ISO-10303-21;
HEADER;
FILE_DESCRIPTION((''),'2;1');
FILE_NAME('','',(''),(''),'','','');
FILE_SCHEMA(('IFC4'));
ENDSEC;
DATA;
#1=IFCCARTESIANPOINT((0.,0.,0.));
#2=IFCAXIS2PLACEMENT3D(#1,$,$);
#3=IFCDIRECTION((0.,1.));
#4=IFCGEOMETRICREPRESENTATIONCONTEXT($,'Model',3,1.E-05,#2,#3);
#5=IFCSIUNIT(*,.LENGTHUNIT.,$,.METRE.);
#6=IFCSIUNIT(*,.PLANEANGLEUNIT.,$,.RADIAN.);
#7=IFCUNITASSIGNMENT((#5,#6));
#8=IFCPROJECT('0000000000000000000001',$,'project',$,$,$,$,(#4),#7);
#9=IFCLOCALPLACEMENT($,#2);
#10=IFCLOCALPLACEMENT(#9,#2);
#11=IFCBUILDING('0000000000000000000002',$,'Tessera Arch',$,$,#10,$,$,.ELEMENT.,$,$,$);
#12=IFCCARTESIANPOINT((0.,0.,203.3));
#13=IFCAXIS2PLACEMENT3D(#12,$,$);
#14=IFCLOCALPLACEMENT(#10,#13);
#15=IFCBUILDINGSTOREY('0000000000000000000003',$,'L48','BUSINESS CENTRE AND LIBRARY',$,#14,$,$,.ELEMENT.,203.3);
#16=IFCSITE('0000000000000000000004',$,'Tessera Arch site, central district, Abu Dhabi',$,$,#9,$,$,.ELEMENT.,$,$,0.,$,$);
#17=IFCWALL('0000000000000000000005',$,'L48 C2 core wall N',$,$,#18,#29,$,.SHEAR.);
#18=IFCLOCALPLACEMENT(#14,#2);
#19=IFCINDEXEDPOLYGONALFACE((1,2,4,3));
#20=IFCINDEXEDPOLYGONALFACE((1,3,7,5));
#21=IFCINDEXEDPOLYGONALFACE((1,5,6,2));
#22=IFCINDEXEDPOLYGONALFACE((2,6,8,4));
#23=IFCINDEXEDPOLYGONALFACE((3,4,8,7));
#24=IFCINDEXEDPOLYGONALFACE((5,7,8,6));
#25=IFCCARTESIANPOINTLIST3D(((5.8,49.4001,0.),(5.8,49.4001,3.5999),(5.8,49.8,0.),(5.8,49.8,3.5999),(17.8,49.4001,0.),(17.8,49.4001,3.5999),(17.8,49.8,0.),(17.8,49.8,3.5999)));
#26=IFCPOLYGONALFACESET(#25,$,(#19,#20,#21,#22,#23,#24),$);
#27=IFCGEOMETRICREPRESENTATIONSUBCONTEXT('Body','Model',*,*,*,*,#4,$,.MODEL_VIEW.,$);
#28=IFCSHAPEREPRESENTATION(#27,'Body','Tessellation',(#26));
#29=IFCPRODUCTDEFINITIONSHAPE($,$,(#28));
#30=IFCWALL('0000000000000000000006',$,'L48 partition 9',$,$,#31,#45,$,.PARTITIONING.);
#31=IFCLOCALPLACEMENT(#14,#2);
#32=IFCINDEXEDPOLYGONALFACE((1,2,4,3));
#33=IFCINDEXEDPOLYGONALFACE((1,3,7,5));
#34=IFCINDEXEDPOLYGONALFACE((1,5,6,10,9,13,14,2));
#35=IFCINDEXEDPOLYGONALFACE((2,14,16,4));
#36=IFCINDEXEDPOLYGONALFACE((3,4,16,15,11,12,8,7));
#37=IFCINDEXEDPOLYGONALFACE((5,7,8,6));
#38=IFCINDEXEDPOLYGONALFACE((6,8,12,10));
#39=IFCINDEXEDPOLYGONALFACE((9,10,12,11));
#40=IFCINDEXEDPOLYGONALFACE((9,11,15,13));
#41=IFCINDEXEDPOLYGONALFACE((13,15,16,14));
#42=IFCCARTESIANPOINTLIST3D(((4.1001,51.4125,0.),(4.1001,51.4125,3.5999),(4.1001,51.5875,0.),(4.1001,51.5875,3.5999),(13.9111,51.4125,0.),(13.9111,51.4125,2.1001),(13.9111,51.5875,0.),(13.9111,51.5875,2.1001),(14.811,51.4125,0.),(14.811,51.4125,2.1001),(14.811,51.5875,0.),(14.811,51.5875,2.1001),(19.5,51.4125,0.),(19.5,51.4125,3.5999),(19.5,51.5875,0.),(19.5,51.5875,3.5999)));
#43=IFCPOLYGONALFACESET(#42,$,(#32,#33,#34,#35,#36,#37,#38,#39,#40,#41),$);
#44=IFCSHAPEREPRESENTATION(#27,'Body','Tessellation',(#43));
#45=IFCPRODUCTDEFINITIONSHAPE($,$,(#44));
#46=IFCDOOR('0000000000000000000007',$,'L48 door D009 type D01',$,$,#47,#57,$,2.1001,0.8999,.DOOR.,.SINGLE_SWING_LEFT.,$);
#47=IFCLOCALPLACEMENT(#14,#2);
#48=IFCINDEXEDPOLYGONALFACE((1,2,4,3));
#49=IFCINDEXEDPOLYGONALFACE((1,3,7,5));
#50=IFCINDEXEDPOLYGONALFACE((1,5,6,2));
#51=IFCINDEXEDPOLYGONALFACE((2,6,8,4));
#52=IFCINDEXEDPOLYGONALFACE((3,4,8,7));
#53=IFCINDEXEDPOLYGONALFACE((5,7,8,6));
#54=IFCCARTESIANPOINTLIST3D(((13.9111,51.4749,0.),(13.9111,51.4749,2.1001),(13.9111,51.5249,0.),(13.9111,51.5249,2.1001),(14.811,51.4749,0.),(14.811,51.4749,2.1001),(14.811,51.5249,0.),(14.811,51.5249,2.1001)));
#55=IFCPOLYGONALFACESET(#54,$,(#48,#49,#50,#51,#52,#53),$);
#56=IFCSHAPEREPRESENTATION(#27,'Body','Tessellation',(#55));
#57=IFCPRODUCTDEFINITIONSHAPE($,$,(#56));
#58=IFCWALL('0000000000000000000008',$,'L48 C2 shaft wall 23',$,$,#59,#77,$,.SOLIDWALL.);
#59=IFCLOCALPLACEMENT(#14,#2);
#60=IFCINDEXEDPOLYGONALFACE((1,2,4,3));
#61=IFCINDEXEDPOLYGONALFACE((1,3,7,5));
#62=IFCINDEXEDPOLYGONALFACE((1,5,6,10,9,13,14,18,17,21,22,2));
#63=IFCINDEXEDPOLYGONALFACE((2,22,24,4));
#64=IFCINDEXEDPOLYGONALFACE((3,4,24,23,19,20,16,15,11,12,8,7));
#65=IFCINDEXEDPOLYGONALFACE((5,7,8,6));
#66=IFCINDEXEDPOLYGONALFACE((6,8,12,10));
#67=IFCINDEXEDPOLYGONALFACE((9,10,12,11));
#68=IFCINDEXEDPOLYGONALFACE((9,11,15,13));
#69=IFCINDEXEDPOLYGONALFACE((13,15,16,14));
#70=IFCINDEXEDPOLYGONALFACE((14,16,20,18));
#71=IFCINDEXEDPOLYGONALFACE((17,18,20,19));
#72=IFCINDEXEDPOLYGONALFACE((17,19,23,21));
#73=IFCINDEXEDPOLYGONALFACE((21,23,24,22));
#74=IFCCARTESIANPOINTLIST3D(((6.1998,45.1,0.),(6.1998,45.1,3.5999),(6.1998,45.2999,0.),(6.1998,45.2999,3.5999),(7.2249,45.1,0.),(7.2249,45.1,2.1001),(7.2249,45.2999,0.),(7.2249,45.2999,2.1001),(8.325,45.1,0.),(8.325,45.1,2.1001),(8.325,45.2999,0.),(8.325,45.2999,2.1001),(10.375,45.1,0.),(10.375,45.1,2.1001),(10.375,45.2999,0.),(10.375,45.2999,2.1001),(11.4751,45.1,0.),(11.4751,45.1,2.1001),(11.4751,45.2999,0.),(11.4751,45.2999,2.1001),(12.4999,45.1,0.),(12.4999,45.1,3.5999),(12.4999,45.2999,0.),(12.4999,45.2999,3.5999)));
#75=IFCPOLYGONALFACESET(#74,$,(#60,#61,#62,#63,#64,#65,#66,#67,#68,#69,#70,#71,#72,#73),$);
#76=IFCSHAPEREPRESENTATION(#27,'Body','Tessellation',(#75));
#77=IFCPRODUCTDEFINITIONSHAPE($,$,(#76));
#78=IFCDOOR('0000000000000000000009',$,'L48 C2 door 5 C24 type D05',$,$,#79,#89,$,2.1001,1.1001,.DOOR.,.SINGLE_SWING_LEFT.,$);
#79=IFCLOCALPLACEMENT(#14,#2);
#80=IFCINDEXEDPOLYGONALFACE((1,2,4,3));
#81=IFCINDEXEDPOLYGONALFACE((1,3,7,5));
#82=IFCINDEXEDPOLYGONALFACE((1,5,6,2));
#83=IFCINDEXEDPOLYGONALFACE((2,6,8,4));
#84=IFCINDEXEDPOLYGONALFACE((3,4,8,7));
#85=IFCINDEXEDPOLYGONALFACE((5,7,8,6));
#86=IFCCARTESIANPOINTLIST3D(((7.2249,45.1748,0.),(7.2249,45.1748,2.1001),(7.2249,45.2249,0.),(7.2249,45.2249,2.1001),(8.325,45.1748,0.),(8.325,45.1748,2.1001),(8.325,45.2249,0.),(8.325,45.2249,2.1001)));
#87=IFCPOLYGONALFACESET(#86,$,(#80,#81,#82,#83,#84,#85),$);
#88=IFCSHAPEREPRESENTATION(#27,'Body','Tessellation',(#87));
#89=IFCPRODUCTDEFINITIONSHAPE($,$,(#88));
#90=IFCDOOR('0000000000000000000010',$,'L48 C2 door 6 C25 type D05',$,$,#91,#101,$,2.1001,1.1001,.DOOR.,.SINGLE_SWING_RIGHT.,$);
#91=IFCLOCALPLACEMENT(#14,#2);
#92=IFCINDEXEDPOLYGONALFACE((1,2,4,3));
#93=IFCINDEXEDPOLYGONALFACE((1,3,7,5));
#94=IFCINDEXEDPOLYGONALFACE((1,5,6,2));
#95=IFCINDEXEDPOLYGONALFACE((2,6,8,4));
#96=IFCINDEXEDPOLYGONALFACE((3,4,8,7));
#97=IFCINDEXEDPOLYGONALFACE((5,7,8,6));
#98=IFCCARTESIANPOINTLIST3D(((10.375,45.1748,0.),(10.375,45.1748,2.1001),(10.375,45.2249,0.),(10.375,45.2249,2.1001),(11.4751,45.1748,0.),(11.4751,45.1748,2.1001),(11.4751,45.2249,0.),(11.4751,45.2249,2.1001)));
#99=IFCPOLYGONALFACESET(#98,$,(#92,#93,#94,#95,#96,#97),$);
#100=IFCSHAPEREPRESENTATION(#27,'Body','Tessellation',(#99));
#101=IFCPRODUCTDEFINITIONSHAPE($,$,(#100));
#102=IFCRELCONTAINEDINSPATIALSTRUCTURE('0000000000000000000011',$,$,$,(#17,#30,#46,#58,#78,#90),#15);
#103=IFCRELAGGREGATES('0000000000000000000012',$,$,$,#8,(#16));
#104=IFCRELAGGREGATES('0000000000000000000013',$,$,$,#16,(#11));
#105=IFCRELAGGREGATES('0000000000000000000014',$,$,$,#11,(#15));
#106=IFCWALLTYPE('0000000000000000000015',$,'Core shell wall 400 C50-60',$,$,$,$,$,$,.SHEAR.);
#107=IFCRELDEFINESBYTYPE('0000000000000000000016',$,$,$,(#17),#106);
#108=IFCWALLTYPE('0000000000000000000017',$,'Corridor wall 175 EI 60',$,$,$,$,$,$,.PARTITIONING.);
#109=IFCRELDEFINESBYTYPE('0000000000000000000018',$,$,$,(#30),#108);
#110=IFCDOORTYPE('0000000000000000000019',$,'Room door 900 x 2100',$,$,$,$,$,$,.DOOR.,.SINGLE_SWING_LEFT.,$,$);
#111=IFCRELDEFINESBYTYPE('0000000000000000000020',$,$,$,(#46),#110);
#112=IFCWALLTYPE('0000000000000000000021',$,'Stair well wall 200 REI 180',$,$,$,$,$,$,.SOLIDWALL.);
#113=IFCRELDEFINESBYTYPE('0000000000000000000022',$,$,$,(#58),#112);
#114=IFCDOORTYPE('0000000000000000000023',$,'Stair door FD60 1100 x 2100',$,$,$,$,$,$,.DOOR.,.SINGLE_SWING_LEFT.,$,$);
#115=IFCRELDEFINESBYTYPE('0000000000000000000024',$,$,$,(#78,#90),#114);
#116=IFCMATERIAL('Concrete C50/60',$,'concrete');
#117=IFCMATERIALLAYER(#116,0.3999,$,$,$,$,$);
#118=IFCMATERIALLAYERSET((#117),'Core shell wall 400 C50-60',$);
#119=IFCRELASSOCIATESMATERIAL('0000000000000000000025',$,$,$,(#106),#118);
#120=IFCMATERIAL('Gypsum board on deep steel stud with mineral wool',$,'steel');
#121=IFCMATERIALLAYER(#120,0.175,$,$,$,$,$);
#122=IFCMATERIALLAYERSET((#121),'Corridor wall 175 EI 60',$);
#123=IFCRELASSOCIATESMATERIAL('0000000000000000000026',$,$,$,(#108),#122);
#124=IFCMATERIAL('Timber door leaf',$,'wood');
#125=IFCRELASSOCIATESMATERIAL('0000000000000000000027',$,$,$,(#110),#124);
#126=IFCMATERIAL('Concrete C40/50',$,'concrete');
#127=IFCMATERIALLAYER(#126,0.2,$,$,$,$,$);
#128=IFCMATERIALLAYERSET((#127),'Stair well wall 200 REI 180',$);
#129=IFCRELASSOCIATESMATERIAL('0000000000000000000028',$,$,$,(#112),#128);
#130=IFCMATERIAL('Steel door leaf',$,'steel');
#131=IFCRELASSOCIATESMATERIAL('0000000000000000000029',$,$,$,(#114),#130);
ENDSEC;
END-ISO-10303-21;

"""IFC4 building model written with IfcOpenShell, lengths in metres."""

from ifc_helpers import new_model, si_unit, direction, frame, frame_2d, origin, place, context, subcontext, project, spatial, rectangle, extrude, material, layer, layer_set, type_object, element, fill, save


model = new_model("IFC4")

# Units and contexts
model_context = context("Model", 3, precision=1e-05, world=origin(), true_north=direction((0.0, 1.0)))
body_context = subcontext(model_context, "Body", "Model", "MODEL_VIEW")
ifc_project = project(units=[si_unit("LENGTHUNIT", "METRE"), si_unit("PLANEANGLEUNIT", "RADIAN")], contexts=[model_context])

# Site, building, storey
site_placement = place(None, origin())
site = spatial("IfcSite", under=ifc_project, at=site_placement, Name="Tessera Arch site, central district, Abu Dhabi", CompositionType="ELEMENT", RefElevation=0.0)
building_placement = place(site_placement, origin())
building = spatial("IfcBuilding", under=site, at=building_placement, Name="Tessera Arch", CompositionType="ELEMENT")
storey_placement = place(building_placement, frame((0.0, 0.0, 203.3)))
storey = spatial("IfcBuildingStorey", under=building, at=storey_placement, Name="L48", Description="BUSINESS CENTRE AND LIBRARY", CompositionType="ELEMENT", Elevation=203.3)

# Wall
ifc_material_1 = material(Name="Concrete C50/60", Category="concrete")
ifc_layer_1 = layer(ifc_material_1, 0.3999)
ifc_layer_set_1 = layer_set([ifc_layer_1], Name="Core shell wall 400 C50-60")
wall_type_1 = type_object("IfcWallType", Name="Core shell wall 400 C50-60", PredefinedType="SHEAR", material=ifc_layer_set_1)
wall_1_placement = place(storey_placement, frame((5.8, 49.6001, 0.0), z_axis=(0.0, 0.0, 1.0), x_axis=(1.0, 0.0, 0.0)))
element("IfcWall", 1, at=wall_1_placement, inside=storey, type_object=wall_type_1, Name="L48 C2 core wall N", PredefinedType="SHEAR", context=body_context, shape_type="SweptSolid", body=[
    extrude(rectangle(XDim=12.0, YDim=0.3999, at=frame_2d((6.0, 0.0))), origin(), (0.0, 0.0, 1.0), 3.5999),
])

# Wall, opening, door
ifc_material_2 = material(Name="Gypsum board on deep steel stud with mineral wool", Category="steel")
ifc_layer_2 = layer(ifc_material_2, 0.175)
ifc_layer_set_2 = layer_set([ifc_layer_2], Name="Corridor wall 175 EI 60")
wall_type_2 = type_object("IfcWallType", Name="Corridor wall 175 EI 60", PredefinedType="PARTITIONING", material=ifc_layer_set_2)
wall_2_placement = place(storey_placement, frame((4.1001, 51.5, 0.0), z_axis=(0.0, 0.0, 1.0), x_axis=(1.0, 0.0, 0.0)))
wall_2 = element("IfcWall", 2, at=wall_2_placement, inside=storey, type_object=wall_type_2, Name="L48 partition 9", PredefinedType="PARTITIONING", context=body_context, shape_type="SweptSolid", body=[
    extrude(rectangle(XDim=15.3999, YDim=0.175, at=frame_2d((7.7, 0.0))), origin(), (0.0, 0.0, 1.0), 3.5999),
])
opening_1_placement = place(wall_2_placement, frame((9.811, 0.0, 0.0)))
opening_1 = element("IfcOpeningElement", 3, at=opening_1_placement, cuts=wall_2, PredefinedType="OPENING", context=body_context, shape_type="SweptSolid", body=[
    extrude(rectangle(XDim=0.8999, YDim=2.1001, at=frame_2d((0.45, 1.05))), frame((0.0, 0.0974, 0.0), z_axis=(0.0, -1.0, 0.0), x_axis=(1.0, 0.0, 0.0)), (0.0, 0.0, 1.0), 0.1951),
])
ifc_material_3 = material(Name="Timber door leaf", Category="wood")
door_type_1 = type_object("IfcDoorType", Name="Room door 900 x 2100", OperationType="SINGLE_SWING_LEFT", PredefinedType="DOOR", material=ifc_material_3)
door_1_placement = place(opening_1_placement, origin())
door_1 = element("IfcDoor", 4, at=door_1_placement, inside=storey, type_object=door_type_1, Name="L48 door D009 type D01", OperationType="SINGLE_SWING_LEFT", OverallHeight=2.1001, OverallWidth=0.8999, PredefinedType="DOOR", context=body_context, shape_type="SweptSolid", body=[
    extrude(rectangle(XDim=0.8999, YDim=2.1001, at=frame_2d((0.45, 1.05))), frame((0.0, 0.0249, 0.0), z_axis=(0.0, -1.0, 0.0), x_axis=(1.0, 0.0, 0.0)), (0.0, 0.0, 1.0), 0.05),
])
fill(opening_1, door_1)

# Wall, openings, doors
ifc_material_4 = material(Name="Concrete C40/50", Category="concrete")
ifc_layer_3 = layer(ifc_material_4, 0.2)
ifc_layer_set_3 = layer_set([ifc_layer_3], Name="Stair well wall 200 REI 180")
wall_type_3 = type_object("IfcWallType", Name="Stair well wall 200 REI 180", PredefinedType="SOLIDWALL", material=ifc_layer_set_3)
wall_3_placement = place(storey_placement, frame((6.2, 45.2, 0.0), z_axis=(0.0, 0.0, 1.0), x_axis=(1.0, 0.0, 0.0)))
wall_3 = element("IfcWall", 5, at=wall_3_placement, inside=storey, type_object=wall_type_3, Name="L48 C2 shaft wall 23", PredefinedType="SOLIDWALL", context=body_context, shape_type="SweptSolid", body=[
    extrude(rectangle(XDim=6.3, YDim=0.2, at=frame_2d((3.1499, 0.0))), origin(), (0.0, 0.0, 1.0), 3.5999),
])
opening_2_placement = place(wall_3_placement, frame((1.0249, 0.0, 0.0)))
opening_2 = element("IfcOpeningElement", 6, at=opening_2_placement, cuts=wall_3, PredefinedType="OPENING", context=body_context, shape_type="SweptSolid", body=[
    extrude(rectangle(XDim=1.1001, YDim=2.1001, at=frame_2d((0.55, 1.05))), frame((0.0, 0.1099, 0.0), z_axis=(0.0, -1.0, 0.0), x_axis=(1.0, 0.0, 0.0)), (0.0, 0.0, 1.0), 0.22),
])
opening_3_placement = place(wall_3_placement, frame((4.175, 0.0, 0.0)))
opening_3 = element("IfcOpeningElement", 7, at=opening_3_placement, cuts=wall_3, PredefinedType="OPENING", context=body_context, shape_type="SweptSolid", body=[
    extrude(rectangle(XDim=1.1001, YDim=2.1001, at=frame_2d((0.55, 1.05))), frame((0.0, 0.1099, 0.0), z_axis=(0.0, -1.0, 0.0), x_axis=(1.0, 0.0, 0.0)), (0.0, 0.0, 1.0), 0.22),
])
ifc_material_5 = material(Name="Steel door leaf", Category="steel")
door_type_2 = type_object("IfcDoorType", Name="Stair door FD60 1100 x 2100", OperationType="SINGLE_SWING_LEFT", PredefinedType="DOOR", material=ifc_material_5)
door_2_placement = place(opening_2_placement, origin())
door_2 = element("IfcDoor", 8, at=door_2_placement, inside=storey, type_object=door_type_2, Name="L48 C2 door 5 C24 type D05", OperationType="SINGLE_SWING_LEFT", OverallHeight=2.1001, OverallWidth=1.1001, PredefinedType="DOOR", context=body_context, shape_type="SweptSolid", body=[
    extrude(rectangle(XDim=1.1001, YDim=2.1001, at=frame_2d((0.55, 1.05))), frame((0.0, 0.0249, 0.0), z_axis=(0.0, -1.0, 0.0), x_axis=(1.0, 0.0, 0.0)), (0.0, 0.0, 1.0), 0.05),
])
fill(opening_2, door_2)
door_3_placement = place(opening_3_placement, origin())
door_3 = element("IfcDoor", 9, at=door_3_placement, inside=storey, type_object=door_type_2, Name="L48 C2 door 6 C25 type D05", OperationType="SINGLE_SWING_RIGHT", OverallHeight=2.1001, OverallWidth=1.1001, PredefinedType="DOOR", context=body_context, shape_type="SweptSolid", body=[
    extrude(rectangle(XDim=1.1001, YDim=2.1001, at=frame_2d((0.55, 1.05))), frame((0.0, 0.0249, 0.0), z_axis=(0.0, -1.0, 0.0), x_axis=(1.0, 0.0, 0.0)), (0.0, 0.0, 1.0), 0.05),
])
fill(opening_3, door_3)

save(model, "model.ifc")
